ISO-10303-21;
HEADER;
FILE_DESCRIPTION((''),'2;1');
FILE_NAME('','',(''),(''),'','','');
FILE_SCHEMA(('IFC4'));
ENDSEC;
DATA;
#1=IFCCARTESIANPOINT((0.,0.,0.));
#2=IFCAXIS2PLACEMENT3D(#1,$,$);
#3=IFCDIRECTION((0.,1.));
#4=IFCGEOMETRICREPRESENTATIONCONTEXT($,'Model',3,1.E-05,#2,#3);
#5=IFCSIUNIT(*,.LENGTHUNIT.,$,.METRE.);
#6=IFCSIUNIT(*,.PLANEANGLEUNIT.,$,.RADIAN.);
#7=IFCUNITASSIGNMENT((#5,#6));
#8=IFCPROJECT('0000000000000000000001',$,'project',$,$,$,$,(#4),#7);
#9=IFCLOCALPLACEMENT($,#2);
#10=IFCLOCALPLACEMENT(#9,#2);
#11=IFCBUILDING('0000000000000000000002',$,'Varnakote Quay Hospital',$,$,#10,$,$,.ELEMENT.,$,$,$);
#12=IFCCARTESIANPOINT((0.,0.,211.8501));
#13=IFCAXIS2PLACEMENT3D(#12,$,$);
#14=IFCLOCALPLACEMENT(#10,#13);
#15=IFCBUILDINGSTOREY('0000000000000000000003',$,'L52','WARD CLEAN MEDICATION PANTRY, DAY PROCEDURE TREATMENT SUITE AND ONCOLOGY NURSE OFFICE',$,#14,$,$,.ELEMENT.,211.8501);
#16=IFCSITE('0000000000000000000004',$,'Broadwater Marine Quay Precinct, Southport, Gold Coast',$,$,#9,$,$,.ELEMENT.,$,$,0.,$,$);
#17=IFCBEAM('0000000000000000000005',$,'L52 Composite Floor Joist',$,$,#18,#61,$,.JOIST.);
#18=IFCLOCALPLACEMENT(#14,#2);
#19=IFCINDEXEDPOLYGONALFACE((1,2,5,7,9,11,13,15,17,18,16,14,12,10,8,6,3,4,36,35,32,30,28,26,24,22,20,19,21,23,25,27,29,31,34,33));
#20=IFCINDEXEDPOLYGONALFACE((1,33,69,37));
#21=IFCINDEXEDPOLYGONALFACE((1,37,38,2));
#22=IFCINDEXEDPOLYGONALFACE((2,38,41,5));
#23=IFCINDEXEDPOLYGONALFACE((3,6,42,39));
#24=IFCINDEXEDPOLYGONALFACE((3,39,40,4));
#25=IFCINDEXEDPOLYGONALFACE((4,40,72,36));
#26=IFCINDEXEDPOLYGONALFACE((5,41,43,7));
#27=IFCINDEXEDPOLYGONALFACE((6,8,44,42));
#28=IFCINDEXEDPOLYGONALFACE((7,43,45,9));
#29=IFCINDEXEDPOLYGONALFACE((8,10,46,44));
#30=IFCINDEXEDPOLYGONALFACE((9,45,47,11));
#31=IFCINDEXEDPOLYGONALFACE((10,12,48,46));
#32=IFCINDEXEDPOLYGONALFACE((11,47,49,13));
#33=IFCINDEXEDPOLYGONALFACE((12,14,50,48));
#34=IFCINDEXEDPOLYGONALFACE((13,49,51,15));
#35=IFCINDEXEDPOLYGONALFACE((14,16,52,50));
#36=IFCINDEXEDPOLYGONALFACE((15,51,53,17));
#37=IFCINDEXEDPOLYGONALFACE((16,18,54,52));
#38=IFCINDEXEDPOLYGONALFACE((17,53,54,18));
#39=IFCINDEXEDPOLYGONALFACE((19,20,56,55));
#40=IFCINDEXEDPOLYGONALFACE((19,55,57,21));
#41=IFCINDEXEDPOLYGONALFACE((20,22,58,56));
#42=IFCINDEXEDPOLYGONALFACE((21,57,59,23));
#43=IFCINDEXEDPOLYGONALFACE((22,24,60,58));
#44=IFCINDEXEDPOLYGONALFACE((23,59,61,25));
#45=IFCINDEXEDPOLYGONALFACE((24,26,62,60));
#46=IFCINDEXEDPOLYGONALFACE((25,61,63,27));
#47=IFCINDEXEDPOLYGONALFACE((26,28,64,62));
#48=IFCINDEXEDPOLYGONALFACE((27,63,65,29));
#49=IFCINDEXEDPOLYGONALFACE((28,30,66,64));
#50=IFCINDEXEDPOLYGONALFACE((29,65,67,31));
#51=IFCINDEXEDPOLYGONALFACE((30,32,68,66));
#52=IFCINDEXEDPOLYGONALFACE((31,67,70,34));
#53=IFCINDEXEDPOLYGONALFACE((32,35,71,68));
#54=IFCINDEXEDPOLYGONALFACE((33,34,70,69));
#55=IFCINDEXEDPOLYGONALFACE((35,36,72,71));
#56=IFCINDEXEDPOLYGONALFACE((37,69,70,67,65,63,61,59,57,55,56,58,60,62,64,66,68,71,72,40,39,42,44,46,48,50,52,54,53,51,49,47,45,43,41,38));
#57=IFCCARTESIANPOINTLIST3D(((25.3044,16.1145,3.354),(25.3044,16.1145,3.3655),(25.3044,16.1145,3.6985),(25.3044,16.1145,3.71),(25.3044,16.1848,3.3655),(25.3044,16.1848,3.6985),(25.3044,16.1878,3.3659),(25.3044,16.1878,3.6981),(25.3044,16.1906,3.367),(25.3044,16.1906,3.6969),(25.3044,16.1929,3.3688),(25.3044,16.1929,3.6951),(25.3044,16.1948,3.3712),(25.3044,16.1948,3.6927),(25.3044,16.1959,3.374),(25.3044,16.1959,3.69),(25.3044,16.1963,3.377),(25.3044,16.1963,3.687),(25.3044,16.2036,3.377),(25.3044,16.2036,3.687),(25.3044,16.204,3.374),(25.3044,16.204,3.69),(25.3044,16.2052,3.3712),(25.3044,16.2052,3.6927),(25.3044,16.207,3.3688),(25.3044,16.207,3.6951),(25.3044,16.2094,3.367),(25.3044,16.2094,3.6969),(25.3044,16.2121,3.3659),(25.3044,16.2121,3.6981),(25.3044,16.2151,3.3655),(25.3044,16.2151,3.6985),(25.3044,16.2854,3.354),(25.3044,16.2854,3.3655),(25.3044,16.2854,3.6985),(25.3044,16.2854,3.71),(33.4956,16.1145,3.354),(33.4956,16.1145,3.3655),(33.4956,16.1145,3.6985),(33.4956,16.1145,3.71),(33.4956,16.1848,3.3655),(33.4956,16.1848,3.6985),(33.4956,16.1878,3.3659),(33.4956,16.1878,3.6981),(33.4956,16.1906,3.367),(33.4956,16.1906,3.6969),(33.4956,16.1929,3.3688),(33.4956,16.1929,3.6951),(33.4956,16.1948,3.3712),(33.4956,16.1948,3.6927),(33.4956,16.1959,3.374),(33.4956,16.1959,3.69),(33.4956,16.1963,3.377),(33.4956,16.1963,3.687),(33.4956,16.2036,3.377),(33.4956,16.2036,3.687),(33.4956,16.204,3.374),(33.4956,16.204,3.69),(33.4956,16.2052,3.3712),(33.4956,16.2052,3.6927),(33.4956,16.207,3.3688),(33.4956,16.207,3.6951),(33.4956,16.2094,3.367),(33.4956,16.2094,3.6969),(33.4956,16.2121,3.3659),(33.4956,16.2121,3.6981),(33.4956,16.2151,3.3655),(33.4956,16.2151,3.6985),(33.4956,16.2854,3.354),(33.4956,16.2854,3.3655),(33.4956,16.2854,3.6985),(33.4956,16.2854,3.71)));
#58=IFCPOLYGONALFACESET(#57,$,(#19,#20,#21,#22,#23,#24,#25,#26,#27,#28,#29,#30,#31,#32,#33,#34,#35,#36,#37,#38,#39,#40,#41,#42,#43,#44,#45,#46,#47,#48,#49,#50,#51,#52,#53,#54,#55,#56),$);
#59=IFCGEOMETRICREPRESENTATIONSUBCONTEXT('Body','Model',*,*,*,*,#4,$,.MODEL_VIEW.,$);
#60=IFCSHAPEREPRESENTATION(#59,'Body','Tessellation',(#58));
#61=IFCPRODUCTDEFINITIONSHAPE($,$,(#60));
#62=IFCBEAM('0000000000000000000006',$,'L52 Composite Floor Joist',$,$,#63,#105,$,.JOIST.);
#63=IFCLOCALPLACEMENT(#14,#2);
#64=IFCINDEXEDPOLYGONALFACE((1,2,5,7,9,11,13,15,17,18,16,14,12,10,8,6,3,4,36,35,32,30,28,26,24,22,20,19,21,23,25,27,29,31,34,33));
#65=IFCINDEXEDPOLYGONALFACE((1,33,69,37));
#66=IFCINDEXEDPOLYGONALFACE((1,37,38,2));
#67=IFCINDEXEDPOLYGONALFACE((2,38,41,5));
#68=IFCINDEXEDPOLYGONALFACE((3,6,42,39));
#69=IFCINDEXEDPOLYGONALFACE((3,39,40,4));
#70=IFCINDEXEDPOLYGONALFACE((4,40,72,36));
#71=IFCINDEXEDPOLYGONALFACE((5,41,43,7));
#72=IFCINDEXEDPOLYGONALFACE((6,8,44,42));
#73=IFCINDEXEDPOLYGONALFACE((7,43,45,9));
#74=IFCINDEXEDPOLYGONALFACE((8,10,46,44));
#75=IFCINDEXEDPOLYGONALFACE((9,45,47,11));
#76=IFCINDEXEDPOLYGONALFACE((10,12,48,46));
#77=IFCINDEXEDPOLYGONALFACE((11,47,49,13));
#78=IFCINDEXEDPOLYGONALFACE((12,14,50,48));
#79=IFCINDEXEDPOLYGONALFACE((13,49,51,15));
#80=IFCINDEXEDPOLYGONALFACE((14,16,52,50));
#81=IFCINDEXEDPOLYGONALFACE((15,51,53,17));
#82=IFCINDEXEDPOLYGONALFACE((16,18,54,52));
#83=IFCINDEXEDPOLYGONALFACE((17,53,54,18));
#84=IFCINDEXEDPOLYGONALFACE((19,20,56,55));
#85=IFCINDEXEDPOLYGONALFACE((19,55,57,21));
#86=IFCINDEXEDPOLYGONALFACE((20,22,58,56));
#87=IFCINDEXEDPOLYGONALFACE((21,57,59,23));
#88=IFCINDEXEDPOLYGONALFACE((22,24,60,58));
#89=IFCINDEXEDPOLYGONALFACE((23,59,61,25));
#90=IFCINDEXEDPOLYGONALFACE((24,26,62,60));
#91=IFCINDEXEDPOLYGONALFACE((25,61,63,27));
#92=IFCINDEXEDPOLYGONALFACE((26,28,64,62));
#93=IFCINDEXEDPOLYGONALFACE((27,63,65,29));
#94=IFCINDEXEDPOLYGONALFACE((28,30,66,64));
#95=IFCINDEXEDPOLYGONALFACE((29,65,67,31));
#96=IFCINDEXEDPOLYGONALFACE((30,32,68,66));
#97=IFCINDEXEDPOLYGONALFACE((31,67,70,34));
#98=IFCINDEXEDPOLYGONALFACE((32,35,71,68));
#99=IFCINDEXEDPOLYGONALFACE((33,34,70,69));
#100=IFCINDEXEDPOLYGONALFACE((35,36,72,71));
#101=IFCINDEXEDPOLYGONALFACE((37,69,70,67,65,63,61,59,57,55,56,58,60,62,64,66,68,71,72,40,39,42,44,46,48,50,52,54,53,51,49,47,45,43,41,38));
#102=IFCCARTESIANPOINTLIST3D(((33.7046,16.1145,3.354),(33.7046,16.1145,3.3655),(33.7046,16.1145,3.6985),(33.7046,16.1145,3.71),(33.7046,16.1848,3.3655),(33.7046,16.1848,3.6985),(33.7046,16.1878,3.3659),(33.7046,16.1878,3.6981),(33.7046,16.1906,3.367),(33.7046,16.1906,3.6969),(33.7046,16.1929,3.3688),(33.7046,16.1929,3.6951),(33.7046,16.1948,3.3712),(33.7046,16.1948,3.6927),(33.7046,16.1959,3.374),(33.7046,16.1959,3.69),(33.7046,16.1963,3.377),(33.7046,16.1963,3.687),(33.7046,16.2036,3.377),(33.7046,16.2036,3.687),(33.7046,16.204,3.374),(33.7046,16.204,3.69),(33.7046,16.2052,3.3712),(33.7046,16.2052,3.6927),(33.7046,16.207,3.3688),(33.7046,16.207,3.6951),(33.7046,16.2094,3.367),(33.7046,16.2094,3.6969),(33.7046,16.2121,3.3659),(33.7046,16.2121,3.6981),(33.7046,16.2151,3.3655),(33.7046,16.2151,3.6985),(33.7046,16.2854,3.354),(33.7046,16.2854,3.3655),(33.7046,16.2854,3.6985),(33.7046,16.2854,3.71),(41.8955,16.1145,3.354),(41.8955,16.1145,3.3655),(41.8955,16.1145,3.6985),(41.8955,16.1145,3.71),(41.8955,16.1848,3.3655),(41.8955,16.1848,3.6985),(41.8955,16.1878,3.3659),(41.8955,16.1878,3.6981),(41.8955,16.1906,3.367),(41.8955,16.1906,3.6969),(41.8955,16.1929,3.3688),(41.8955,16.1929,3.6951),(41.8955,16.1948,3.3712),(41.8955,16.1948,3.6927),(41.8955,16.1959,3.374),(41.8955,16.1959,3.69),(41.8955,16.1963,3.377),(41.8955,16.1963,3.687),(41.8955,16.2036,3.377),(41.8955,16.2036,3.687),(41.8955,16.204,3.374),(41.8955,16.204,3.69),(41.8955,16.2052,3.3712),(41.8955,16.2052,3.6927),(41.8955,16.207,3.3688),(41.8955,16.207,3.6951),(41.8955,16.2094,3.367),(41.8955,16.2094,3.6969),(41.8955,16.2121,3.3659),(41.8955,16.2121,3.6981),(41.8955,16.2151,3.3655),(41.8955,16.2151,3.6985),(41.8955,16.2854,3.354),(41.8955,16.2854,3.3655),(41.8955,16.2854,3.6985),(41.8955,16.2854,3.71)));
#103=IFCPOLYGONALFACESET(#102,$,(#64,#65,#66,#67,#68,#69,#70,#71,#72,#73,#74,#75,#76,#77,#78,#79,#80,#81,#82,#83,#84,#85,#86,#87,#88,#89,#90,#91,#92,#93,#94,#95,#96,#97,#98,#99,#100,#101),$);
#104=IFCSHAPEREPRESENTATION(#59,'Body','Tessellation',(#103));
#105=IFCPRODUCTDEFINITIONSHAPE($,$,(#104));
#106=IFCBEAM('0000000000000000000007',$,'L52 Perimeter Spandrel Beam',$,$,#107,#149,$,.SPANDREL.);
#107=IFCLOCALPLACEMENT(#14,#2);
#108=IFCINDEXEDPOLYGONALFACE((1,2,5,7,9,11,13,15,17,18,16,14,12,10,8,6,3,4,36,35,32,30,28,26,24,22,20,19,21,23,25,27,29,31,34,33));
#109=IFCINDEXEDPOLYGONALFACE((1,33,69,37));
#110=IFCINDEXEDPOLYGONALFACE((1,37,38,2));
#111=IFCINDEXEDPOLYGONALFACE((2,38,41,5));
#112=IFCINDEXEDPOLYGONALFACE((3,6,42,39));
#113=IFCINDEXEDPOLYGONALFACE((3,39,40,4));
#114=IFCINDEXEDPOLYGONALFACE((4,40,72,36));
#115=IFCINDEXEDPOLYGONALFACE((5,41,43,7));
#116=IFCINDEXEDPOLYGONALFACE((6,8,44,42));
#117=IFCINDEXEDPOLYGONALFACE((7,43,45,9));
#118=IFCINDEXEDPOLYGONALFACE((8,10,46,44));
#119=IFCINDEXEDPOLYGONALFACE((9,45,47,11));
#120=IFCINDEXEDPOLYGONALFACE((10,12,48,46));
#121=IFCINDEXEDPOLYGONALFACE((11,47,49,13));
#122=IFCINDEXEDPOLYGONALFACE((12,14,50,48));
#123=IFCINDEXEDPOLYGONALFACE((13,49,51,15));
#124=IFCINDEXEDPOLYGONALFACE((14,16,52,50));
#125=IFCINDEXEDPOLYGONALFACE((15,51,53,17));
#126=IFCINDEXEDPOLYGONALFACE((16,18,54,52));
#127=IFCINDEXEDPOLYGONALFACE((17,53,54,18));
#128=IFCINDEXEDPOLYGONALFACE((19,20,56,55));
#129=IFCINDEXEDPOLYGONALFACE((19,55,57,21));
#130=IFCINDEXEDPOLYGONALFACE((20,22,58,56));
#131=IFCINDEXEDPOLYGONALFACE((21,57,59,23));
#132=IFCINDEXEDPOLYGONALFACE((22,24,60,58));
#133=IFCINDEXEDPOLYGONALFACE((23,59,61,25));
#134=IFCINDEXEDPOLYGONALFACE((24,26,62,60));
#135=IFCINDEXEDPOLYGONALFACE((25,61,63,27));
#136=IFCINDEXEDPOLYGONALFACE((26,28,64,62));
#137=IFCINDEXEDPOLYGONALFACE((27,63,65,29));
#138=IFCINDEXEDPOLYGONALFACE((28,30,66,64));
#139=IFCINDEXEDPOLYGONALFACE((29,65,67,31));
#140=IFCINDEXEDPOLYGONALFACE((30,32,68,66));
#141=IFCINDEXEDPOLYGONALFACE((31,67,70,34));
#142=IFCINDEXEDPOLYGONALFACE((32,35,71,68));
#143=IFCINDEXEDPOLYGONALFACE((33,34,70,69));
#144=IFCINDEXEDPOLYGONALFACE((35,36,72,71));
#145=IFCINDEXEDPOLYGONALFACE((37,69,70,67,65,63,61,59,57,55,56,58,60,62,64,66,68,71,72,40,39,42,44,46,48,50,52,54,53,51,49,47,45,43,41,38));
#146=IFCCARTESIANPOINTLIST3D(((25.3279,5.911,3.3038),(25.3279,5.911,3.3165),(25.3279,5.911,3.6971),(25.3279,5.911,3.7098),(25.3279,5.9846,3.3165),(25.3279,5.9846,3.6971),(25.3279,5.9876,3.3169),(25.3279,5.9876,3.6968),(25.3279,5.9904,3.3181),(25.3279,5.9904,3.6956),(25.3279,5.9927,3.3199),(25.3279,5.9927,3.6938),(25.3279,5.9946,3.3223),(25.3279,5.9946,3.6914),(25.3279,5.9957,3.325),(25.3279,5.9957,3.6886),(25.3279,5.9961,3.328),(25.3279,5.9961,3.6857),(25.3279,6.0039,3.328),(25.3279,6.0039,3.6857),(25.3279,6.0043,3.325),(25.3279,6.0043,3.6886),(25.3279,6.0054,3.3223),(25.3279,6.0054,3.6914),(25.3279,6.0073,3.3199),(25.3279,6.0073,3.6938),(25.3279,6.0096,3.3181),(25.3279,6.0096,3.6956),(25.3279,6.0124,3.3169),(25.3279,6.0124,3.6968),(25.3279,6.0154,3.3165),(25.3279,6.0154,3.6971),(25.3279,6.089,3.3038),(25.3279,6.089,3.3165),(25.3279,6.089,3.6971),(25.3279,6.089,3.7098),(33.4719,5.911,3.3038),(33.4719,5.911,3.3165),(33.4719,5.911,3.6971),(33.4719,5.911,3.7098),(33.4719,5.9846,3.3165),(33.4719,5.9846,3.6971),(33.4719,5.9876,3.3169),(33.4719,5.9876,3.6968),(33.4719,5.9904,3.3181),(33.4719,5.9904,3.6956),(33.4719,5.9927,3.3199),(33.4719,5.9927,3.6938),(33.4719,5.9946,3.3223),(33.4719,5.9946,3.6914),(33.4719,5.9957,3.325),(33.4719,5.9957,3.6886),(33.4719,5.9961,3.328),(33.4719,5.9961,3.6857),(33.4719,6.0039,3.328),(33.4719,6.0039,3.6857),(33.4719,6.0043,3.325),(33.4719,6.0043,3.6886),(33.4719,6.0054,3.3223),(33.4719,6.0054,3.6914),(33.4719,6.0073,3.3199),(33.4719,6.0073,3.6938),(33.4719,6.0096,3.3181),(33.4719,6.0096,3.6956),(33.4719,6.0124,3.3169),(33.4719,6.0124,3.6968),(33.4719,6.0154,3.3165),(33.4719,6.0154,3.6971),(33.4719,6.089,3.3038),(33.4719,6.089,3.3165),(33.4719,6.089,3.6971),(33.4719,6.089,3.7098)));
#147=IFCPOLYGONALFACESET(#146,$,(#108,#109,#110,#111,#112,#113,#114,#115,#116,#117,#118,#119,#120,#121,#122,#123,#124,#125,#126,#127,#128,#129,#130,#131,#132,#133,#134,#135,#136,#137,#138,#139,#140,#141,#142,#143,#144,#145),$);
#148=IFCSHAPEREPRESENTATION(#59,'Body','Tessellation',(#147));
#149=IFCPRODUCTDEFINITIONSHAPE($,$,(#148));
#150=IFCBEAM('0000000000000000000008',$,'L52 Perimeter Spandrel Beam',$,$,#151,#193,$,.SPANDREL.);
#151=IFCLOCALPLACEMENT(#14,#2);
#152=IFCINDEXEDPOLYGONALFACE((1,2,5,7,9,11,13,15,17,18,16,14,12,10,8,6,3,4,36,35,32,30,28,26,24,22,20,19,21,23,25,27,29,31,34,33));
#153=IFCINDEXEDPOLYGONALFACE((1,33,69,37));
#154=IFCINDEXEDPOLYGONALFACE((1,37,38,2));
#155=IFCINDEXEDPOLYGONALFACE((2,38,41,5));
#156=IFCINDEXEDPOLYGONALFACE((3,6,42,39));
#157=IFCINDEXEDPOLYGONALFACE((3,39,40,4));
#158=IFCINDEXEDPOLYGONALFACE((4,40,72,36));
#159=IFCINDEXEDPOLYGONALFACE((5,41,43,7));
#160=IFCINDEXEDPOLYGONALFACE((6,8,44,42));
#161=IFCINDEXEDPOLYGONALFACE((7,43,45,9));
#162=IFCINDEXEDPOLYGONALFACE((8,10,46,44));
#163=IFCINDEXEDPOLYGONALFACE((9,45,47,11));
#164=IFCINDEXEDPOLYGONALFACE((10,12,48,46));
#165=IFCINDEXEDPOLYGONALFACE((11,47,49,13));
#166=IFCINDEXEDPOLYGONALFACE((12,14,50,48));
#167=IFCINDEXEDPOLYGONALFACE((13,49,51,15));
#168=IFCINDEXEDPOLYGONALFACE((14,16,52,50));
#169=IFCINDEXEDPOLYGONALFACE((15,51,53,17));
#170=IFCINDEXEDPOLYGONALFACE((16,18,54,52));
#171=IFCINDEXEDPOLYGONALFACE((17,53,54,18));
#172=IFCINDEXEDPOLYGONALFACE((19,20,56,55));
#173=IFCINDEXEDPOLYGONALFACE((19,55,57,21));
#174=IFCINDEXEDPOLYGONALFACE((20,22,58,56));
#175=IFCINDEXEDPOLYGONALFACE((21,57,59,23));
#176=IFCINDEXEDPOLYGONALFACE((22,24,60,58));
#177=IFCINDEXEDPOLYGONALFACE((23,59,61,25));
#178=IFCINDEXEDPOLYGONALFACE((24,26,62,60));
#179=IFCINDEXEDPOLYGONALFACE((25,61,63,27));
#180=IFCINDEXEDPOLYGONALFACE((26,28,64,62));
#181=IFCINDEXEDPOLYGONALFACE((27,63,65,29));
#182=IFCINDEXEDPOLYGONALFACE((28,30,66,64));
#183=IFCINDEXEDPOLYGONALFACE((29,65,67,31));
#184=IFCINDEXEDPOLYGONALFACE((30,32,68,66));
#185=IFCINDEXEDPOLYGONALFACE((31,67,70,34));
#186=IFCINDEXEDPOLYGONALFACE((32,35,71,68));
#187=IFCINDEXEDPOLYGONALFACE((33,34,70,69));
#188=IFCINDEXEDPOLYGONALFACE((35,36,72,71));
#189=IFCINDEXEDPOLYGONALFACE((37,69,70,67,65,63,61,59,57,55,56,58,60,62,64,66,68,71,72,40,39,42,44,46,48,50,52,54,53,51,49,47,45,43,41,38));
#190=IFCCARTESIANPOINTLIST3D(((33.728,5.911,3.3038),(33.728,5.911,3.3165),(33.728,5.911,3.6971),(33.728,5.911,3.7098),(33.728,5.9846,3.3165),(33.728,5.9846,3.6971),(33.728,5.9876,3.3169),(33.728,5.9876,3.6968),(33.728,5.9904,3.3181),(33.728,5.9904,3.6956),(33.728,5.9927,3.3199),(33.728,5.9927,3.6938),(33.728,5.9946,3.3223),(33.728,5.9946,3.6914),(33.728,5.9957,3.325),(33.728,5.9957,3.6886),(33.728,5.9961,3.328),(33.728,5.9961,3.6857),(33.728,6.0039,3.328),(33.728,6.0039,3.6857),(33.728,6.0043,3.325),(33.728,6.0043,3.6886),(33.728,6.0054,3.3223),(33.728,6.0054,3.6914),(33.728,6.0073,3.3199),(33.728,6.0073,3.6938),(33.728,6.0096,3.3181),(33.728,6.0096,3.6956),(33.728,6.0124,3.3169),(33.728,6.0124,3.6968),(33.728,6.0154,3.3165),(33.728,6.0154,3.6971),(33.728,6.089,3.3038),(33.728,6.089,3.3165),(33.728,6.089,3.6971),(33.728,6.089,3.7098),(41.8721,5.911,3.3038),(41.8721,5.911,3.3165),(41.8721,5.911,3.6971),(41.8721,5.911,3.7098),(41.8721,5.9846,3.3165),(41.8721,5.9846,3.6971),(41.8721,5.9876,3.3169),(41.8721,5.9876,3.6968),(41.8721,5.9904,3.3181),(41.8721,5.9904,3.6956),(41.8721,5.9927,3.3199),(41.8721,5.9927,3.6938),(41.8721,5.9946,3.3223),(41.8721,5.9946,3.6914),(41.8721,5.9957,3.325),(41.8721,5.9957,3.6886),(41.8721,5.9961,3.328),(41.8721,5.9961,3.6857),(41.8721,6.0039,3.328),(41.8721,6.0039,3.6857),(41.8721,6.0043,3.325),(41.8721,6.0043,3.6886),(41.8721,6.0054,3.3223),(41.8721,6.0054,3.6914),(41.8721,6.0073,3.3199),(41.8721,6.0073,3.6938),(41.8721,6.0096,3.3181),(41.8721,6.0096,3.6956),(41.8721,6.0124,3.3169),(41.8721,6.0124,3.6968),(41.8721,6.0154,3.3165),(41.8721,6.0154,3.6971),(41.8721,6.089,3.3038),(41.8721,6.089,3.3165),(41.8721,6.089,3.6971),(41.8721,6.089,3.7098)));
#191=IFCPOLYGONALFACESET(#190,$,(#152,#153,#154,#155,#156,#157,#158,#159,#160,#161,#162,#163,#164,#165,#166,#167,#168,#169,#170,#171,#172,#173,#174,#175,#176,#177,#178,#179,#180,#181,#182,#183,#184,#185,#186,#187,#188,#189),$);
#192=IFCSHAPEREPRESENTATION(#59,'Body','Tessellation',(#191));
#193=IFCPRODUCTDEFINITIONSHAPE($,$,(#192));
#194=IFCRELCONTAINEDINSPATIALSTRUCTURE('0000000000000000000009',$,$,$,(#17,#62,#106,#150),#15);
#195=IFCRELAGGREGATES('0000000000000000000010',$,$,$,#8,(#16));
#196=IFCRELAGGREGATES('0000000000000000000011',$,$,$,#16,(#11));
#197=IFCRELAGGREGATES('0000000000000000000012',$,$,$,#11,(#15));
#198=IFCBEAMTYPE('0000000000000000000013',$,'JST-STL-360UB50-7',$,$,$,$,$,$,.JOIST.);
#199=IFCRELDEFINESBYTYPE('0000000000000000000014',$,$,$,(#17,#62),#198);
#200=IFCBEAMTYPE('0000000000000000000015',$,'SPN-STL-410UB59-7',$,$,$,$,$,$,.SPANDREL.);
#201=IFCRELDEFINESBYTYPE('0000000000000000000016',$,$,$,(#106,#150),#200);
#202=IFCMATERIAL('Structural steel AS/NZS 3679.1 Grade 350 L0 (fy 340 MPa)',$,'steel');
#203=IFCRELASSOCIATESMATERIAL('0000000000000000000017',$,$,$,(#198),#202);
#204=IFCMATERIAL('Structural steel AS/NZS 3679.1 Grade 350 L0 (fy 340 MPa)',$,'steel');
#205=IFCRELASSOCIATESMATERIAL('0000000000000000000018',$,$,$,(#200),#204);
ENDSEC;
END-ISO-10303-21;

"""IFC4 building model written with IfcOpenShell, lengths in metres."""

from ifc_helpers import new_model, si_unit, direction, frame, origin, origin_2d, place, context, subcontext, project, spatial, i_section, extrude, material, material_profile, profile_set, type_object, element, save


model = new_model("IFC4")

# Units and contexts
model_context = context("Model", 3, precision=1e-05, world=origin(), true_north=direction((0.0, 1.0)))
body_context = subcontext(model_context, "Body", "Model", "MODEL_VIEW")
ifc_project = project(units=[si_unit("LENGTHUNIT", "METRE"), si_unit("PLANEANGLEUNIT", "RADIAN")], contexts=[model_context])

# Site, building, storey
site_placement = place(None, origin())
site = spatial("IfcSite", under=ifc_project, at=site_placement, Name="Broadwater Marine Quay Precinct, Southport, Gold Coast", CompositionType="ELEMENT", RefElevation=0.0)
building_placement = place(site_placement, origin())
building = spatial("IfcBuilding", under=site, at=building_placement, Name="Varnakote Quay Hospital", CompositionType="ELEMENT")
storey_placement = place(building_placement, frame((0.0, 0.0, 211.8501)))
storey = spatial("IfcBuildingStorey", under=building, at=storey_placement, Name="L52", Description="WARD CLEAN MEDICATION PANTRY, DAY PROCEDURE TREATMENT SUITE AND ONCOLOGY NURSE OFFICE", CompositionType="ELEMENT", Elevation=211.8501)

# Beams
ifc_material_1 = material(Name="Structural steel AS/NZS 3679.1 Grade 350 L0 (fy 340 MPa)", Category="steel")
ifc_material_profile_1 = material_profile(ifc_material_1, i_section(OverallWidth=0.1709, OverallDepth=0.356, WebThickness=0.0073, FlangeThickness=0.0115, FilletRadius=0.0115, at=origin_2d()), Name="360UB50.7")
ifc_profile_set_1 = profile_set([ifc_material_profile_1], Name="Structural steel AS/NZS 3679.1 Grade 350 L0 (fy 340 MPa)")
beam_type_1 = type_object("IfcBeamType", Name="JST-STL-360UB50-7", PredefinedType="JOIST", material=ifc_profile_set_1)
beam_1_placement = place(storey_placement, frame((25.3044, 16.2, 3.532), z_axis=(1.0, 0.0, 0.0), x_axis=(0.0, 1.0, 0.0)))
element("IfcBeam", 1, at=beam_1_placement, inside=storey, type_object=beam_type_1, Name="L52 Composite Floor Joist", PredefinedType="JOIST", context=body_context, shape_type="SweptSolid", body=[
    extrude(i_section(OverallWidth=0.1709, OverallDepth=0.356, WebThickness=0.0073, FlangeThickness=0.0115, FilletRadius=0.0115, at=origin_2d()), origin(), (0.0, 0.0, 1.0), 8.1912),
])
beam_2_placement = place(storey_placement, frame((33.7046, 16.2, 3.532), z_axis=(1.0, 0.0, 0.0), x_axis=(0.0, 1.0, 0.0)))
element("IfcBeam", 2, at=beam_2_placement, inside=storey, type_object=beam_type_1, Name="L52 Composite Floor Joist", PredefinedType="JOIST", context=body_context, shape_type="SweptSolid", body=[
    extrude(i_section(OverallWidth=0.1709, OverallDepth=0.356, WebThickness=0.0073, FlangeThickness=0.0115, FilletRadius=0.0115, at=origin_2d()), origin(), (0.0, 0.0, 1.0), 8.1909),
])
ifc_material_2 = material(Name="Structural steel AS/NZS 3679.1 Grade 350 L0 (fy 340 MPa)", Category="steel")
ifc_material_profile_2 = material_profile(ifc_material_2, i_section(OverallWidth=0.178, OverallDepth=0.406, WebThickness=0.0078, FlangeThickness=0.0127, FilletRadius=0.0115, at=origin_2d()), Name="410UB59.7")
ifc_profile_set_2 = profile_set([ifc_material_profile_2], Name="Structural steel AS/NZS 3679.1 Grade 350 L0 (fy 340 MPa)")
beam_type_2 = type_object("IfcBeamType", Name="SPN-STL-410UB59-7", PredefinedType="SPANDREL", material=ifc_profile_set_2)
for number, where, z_axis, x_axis, name in (
    (3, (25.3279, 6.0, 3.5068), (1.0, 0.0, 0.0), (0.0, 1.0, 0.0), "L52 Perimeter Spandrel Beam"),
    (4, (33.728, 6.0, 3.5068), (1.0, 0.0, 0.0), (0.0, 1.0, 0.0), "L52 Perimeter Spandrel Beam"),
):
    element("IfcBeam", number, at=place(storey_placement, frame(where, z_axis=z_axis, x_axis=x_axis)), inside=storey, type_object=beam_type_2, Name=name, PredefinedType="SPANDREL", context=body_context, shape_type="SweptSolid", body=[
        extrude(i_section(OverallWidth=0.178, OverallDepth=0.406, WebThickness=0.0078, FlangeThickness=0.0127, FilletRadius=0.0115, at=origin_2d()), origin(), (0.0, 0.0, 1.0), 8.144),
    ])

save(model, "model.ifc")
